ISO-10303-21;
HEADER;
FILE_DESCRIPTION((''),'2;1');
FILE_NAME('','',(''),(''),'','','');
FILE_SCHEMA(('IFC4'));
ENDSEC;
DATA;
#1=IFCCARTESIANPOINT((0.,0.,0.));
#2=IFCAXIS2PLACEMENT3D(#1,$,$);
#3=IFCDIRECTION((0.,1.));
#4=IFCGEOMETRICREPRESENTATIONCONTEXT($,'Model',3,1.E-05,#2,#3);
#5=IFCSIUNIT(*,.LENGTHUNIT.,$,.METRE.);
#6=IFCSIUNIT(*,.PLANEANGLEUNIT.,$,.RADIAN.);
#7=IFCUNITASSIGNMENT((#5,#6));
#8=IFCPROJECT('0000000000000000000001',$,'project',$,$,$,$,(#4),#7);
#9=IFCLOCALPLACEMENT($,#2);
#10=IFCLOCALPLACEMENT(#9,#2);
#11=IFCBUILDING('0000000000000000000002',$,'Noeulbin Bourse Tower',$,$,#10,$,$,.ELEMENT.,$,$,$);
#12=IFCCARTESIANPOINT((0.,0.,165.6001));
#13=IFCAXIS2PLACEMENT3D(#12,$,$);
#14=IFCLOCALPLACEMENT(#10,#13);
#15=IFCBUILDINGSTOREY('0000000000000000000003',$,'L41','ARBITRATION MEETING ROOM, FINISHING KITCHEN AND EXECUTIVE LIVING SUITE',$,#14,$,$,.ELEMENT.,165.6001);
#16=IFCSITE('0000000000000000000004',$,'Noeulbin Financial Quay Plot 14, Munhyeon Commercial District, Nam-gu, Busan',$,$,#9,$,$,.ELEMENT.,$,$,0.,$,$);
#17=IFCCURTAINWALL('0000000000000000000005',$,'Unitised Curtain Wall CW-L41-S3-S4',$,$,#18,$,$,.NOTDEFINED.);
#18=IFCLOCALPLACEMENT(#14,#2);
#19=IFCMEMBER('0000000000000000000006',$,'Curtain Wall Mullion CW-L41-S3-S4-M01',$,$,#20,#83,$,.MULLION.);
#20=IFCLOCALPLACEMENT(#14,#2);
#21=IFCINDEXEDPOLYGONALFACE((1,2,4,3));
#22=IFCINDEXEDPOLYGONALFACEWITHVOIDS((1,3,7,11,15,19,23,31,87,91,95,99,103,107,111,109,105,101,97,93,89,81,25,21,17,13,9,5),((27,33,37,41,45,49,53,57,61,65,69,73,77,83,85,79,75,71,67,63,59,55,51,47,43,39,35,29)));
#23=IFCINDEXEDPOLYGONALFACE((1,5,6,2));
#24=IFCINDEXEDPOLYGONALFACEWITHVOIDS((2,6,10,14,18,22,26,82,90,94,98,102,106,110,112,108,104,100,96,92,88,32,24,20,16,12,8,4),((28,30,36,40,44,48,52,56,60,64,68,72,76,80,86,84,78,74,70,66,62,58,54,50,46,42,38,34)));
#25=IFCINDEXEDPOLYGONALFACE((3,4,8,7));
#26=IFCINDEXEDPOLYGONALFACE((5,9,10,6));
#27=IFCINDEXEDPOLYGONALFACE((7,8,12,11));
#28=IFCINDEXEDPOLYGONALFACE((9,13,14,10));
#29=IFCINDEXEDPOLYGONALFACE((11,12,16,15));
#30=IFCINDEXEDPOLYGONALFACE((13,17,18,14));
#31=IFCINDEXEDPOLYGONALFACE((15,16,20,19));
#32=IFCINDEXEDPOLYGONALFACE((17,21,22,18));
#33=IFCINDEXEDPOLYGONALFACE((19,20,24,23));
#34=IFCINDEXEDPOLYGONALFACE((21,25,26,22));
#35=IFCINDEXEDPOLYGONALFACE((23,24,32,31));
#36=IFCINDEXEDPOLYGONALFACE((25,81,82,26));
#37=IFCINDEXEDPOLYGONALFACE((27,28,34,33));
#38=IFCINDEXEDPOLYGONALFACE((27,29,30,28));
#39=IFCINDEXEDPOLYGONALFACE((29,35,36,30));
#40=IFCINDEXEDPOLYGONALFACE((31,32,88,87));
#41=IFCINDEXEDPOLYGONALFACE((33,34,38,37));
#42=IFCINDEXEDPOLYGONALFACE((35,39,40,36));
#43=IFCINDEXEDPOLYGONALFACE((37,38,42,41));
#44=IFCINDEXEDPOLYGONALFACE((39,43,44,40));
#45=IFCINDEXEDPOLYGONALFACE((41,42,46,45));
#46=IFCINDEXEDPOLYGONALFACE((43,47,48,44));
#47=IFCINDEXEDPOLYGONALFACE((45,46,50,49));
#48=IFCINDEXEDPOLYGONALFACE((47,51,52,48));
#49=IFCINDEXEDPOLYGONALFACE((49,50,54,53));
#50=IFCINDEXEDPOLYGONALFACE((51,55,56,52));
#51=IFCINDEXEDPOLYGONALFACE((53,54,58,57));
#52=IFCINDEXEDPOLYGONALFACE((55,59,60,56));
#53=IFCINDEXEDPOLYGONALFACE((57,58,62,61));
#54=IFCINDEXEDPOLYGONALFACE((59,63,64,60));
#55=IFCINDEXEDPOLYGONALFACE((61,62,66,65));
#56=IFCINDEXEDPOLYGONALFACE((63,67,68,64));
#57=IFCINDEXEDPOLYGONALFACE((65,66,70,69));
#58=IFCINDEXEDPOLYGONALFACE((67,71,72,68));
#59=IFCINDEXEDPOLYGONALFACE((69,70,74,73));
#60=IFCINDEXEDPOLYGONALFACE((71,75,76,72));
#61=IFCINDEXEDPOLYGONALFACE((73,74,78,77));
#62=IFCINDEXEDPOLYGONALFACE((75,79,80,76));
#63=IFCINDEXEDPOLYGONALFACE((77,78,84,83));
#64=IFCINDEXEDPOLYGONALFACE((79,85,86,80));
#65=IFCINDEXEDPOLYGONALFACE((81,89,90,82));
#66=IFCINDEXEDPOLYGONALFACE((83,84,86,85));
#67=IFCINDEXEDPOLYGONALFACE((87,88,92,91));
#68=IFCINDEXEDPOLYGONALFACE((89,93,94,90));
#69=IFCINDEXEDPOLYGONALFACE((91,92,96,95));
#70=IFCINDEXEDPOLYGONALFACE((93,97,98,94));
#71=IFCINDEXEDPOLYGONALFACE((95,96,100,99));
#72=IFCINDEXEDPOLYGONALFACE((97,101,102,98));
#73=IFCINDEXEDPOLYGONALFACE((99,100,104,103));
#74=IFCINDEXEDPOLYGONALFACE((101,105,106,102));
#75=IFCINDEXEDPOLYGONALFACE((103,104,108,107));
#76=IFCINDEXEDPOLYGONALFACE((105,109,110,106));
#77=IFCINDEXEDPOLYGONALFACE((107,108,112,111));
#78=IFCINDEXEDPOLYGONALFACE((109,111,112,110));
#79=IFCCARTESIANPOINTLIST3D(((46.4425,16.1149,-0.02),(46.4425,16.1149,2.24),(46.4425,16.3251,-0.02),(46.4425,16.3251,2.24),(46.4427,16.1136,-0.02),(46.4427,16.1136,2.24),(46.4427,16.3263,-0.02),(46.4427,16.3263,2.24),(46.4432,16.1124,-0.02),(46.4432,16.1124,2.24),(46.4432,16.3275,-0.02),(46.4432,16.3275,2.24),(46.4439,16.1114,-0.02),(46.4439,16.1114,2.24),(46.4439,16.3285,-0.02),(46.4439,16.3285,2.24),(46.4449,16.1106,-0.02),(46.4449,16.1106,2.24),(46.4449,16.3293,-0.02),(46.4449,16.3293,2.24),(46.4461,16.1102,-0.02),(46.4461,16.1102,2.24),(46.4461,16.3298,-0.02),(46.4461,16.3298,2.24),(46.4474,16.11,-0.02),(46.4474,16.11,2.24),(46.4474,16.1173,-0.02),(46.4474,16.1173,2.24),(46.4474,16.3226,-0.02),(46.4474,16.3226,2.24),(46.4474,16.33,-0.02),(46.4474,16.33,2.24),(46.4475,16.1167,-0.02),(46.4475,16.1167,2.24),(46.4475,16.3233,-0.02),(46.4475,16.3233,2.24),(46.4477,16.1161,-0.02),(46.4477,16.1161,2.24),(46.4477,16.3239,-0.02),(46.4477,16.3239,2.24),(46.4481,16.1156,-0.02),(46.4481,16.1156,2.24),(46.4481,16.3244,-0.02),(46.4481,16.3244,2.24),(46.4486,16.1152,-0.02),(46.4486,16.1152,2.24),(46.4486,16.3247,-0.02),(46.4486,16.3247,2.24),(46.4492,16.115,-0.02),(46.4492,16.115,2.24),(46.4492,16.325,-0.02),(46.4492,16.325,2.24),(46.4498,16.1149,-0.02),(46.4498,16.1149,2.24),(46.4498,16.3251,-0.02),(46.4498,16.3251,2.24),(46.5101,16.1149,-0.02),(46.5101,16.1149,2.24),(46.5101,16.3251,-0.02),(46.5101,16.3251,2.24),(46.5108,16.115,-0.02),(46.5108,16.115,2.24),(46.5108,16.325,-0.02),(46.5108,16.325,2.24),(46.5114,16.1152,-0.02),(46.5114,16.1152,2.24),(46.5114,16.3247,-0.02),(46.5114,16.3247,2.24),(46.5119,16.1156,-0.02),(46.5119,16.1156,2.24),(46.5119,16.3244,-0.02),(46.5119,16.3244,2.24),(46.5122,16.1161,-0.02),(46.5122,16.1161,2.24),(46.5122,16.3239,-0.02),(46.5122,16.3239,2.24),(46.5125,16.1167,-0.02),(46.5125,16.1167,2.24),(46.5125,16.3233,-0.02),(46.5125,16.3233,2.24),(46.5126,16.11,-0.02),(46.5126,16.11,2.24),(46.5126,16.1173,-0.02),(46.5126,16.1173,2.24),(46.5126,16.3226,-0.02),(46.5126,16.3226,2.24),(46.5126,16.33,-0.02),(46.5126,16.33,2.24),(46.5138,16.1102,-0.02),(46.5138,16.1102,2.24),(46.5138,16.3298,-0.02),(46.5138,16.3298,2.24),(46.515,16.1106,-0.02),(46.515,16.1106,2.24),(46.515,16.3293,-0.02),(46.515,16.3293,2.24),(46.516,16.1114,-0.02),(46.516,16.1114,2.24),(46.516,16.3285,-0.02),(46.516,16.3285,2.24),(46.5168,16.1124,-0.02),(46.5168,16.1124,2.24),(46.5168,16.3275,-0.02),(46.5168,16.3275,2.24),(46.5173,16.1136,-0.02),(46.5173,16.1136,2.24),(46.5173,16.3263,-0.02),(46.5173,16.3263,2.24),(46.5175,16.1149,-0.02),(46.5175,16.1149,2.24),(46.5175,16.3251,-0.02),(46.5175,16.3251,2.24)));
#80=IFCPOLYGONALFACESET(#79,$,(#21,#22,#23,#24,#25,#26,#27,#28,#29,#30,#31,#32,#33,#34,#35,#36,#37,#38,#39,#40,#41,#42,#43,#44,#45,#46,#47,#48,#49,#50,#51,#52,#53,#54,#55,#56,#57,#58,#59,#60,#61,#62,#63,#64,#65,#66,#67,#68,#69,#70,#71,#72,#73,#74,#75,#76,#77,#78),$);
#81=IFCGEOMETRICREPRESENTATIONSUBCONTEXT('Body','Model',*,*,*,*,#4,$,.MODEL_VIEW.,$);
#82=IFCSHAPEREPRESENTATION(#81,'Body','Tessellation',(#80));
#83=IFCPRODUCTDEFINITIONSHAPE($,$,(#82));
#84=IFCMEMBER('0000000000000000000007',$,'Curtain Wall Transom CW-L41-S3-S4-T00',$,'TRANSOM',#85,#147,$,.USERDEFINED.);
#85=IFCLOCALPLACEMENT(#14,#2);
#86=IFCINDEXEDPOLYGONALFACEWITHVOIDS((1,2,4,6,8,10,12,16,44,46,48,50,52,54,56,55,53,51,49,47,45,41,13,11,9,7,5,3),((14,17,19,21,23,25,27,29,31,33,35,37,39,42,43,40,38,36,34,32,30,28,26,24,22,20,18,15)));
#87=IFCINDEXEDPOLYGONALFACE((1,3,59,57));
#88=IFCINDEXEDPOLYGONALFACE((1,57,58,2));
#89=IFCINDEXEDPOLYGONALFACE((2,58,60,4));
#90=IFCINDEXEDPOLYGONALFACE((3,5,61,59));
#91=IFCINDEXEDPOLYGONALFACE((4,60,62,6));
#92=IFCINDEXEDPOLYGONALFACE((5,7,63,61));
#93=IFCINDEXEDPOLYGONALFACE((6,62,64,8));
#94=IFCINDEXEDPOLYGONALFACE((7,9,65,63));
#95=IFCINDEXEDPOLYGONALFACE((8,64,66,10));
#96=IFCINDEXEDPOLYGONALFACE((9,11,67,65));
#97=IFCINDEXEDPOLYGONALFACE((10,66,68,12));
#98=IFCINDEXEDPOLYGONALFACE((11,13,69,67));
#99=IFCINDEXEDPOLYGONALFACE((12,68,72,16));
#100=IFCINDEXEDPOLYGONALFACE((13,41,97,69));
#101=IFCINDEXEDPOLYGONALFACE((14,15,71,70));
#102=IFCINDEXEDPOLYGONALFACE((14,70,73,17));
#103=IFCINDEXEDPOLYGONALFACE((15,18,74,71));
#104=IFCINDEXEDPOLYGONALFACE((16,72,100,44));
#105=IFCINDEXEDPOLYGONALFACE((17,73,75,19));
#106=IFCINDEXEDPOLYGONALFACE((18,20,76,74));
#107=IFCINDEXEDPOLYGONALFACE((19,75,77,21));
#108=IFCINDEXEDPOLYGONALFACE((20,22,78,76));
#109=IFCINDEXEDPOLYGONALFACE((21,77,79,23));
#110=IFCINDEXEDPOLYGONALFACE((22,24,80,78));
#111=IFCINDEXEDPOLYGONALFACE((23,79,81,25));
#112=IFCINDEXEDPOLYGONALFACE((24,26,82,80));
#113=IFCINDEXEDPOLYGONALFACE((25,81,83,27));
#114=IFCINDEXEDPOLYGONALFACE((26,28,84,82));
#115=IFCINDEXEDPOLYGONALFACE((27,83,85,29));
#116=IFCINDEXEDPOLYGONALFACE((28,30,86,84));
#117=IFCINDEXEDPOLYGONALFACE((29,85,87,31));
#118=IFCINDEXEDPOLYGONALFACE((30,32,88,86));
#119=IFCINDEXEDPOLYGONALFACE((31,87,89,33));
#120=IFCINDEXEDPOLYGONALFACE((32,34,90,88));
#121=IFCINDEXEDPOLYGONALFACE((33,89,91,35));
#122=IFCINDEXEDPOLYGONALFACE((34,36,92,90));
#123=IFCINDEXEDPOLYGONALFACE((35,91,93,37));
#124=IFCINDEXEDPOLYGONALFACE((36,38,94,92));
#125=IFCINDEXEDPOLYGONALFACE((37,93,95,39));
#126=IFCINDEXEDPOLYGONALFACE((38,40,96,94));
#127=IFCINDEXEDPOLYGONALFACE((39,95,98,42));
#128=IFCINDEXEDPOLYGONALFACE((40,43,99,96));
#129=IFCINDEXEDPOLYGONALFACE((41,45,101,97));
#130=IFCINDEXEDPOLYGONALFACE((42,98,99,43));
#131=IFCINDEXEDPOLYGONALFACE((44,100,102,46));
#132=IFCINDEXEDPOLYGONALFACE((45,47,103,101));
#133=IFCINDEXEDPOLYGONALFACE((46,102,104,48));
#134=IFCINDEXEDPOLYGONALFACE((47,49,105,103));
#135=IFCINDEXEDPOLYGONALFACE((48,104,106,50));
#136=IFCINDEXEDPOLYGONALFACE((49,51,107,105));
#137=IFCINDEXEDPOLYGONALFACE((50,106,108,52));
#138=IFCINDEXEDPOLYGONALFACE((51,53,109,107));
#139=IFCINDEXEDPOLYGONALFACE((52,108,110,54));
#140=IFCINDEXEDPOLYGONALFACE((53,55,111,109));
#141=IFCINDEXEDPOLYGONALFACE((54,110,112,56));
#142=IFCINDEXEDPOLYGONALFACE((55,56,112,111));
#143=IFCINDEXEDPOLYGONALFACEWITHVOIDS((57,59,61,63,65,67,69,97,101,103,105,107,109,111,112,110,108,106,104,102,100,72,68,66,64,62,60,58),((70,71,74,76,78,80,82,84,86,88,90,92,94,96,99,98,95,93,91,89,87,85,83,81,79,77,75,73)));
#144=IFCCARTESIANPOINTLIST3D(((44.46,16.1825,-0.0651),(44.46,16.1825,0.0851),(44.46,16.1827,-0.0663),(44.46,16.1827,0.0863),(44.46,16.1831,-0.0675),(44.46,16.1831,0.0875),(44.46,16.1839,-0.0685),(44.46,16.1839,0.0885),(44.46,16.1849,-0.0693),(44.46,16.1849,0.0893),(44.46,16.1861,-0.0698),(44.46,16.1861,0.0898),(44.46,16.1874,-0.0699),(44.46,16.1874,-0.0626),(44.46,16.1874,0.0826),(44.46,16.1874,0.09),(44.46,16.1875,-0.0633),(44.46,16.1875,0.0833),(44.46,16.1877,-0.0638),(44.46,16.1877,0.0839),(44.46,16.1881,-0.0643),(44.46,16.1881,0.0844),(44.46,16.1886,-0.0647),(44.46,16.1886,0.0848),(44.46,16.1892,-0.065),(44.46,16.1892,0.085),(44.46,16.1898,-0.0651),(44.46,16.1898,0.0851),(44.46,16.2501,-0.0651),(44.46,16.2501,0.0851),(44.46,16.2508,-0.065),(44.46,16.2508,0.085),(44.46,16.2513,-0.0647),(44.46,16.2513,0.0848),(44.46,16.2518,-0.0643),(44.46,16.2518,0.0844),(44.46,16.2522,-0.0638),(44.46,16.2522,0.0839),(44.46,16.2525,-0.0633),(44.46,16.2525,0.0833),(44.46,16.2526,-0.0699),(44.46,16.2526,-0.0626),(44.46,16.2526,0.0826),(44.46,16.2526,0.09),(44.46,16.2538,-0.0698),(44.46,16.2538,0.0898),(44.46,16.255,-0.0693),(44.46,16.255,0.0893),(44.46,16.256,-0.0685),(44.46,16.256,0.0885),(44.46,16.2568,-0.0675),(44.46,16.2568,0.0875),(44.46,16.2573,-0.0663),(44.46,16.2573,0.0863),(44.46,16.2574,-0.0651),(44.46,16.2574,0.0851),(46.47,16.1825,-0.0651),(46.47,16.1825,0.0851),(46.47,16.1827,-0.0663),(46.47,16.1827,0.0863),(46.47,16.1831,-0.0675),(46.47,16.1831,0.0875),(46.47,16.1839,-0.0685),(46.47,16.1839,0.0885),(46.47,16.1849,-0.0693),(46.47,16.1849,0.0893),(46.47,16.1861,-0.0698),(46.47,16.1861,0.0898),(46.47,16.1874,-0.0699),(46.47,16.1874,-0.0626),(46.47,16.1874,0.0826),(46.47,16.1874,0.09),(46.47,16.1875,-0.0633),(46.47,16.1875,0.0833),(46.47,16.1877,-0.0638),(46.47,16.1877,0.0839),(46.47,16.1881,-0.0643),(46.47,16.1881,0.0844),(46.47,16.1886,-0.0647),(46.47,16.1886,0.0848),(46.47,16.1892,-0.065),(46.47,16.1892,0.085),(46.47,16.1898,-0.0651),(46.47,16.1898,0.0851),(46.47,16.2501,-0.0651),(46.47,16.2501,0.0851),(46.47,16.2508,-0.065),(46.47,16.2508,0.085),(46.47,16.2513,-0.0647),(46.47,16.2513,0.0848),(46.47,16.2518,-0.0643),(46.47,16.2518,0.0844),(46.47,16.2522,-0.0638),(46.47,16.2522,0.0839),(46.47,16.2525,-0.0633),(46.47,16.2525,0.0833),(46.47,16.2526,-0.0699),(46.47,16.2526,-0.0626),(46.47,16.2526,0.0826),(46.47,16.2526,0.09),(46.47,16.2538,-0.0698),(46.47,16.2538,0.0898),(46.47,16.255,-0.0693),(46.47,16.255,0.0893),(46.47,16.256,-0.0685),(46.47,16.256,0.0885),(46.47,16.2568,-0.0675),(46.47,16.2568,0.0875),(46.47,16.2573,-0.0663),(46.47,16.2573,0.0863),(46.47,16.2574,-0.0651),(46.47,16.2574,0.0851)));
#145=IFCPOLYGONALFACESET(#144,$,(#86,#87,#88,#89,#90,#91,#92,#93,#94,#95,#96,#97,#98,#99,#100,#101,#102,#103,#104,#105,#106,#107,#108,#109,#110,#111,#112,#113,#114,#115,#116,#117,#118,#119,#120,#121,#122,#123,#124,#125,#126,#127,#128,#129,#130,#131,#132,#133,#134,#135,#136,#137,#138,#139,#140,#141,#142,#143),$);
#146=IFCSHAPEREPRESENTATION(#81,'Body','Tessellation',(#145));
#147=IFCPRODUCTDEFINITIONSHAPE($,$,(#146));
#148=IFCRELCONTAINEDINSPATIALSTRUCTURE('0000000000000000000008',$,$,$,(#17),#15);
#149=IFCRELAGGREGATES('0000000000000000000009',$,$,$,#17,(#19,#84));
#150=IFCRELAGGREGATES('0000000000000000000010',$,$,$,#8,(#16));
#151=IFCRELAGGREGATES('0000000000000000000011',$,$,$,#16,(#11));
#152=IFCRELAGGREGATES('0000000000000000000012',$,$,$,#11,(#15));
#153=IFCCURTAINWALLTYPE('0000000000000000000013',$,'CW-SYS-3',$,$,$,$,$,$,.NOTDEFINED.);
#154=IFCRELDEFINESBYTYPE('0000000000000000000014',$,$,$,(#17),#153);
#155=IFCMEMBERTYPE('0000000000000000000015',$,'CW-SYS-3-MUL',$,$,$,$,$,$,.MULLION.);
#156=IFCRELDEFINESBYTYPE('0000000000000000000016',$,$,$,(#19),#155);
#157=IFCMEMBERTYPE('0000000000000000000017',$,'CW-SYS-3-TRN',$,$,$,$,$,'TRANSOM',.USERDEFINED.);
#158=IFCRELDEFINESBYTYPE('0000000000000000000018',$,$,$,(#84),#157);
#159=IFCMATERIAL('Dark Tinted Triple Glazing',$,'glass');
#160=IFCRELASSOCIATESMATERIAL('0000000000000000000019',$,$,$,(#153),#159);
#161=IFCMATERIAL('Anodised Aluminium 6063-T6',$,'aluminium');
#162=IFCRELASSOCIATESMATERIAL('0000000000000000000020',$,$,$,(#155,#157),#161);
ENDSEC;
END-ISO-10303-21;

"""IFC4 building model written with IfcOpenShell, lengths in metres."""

from ifc_helpers import new_model, si_unit, direction, frame, origin, origin_2d, place, context, subcontext, project, spatial, hollow_rectangle, extrude, material, material_profile, profile_set, type_object, element, aggregate, save


model = new_model("IFC4")

# Units and contexts
model_context = context("Model", 3, precision=1e-05, world=origin(), true_north=direction((0.0, 1.0)))
body_context = subcontext(model_context, "Body", "Model", "MODEL_VIEW")
ifc_project = project(units=[si_unit("LENGTHUNIT", "METRE"), si_unit("PLANEANGLEUNIT", "RADIAN")], contexts=[model_context])

# Site, building, storey
site_placement = place(None, origin())
site = spatial("IfcSite", under=ifc_project, at=site_placement, Name="Noeulbin Financial Quay Plot 14, Munhyeon Commercial District, Nam-gu, Busan", CompositionType="ELEMENT", RefElevation=0.0)
building_placement = place(site_placement, origin())
building = spatial("IfcBuilding", under=site, at=building_placement, Name="Noeulbin Bourse Tower", CompositionType="ELEMENT")
storey_placement = place(building_placement, frame((0.0, 0.0, 165.6001)))
storey = spatial("IfcBuildingStorey", under=building, at=storey_placement, Name="L41", Description="ARBITRATION MEETING ROOM, FINISHING KITCHEN AND EXECUTIVE LIVING SUITE", CompositionType="ELEMENT", Elevation=165.6001)

# Shared definitions
ifc_material_1 = material(Name="Dark Tinted Triple Glazing", Category="glass")
curtain_wall_type = type_object("IfcCurtainWallType", Name="CW-SYS-3", PredefinedType="NOTDEFINED", material=ifc_material_1)
ifc_material_2 = material(Name="Anodised Aluminium 6063-T6", Category="aluminium")
ifc_material_profile_1 = material_profile(ifc_material_2, hollow_rectangle(XDim=0.075, YDim=0.22, WallThickness=0.0049, InnerFilletRadius=0.0024, OuterFilletRadius=0.0049, at=origin_2d()), Name="ALU-MULL-75x220x5", Category="LoadBearing")
ifc_profile_set_1 = profile_set([ifc_material_profile_1], Name="Anodised Aluminium 6063-T6")
member_type_1 = type_object("IfcMemberType", Name="CW-SYS-3-MUL", PredefinedType="MULLION", material=ifc_profile_set_1)

# Curtain wall, members
curtain_wall_1_placement = place(storey_placement, origin())
curtain_wall_1 = element("IfcCurtainWall", 1, at=curtain_wall_1_placement, inside=storey, type_object=curtain_wall_type, Name="Unitised Curtain Wall CW-L41-S3-S4", PredefinedType="NOTDEFINED")
member_1_placement = place(storey_placement, frame((46.48, 16.22, -0.02), z_axis=(0.0, 0.0, 1.0), x_axis=(1.0, 0.0, 0.0)))
member_1 = element("IfcMember", 2, at=member_1_placement, type_object=member_type_1, Name="Curtain Wall Mullion CW-L41-S3-S4-M01", PredefinedType="MULLION", context=body_context, shape_type="SweptSolid", body=[
    extrude(hollow_rectangle(XDim=0.075, YDim=0.22, WallThickness=0.0049, InnerFilletRadius=0.0024, OuterFilletRadius=0.0049, at=origin_2d()), origin(), (0.0, 0.0, 1.0), 2.26),
])
ifc_material_profile_2 = material_profile(ifc_material_2, hollow_rectangle(XDim=0.075, YDim=0.1599, WallThickness=0.0049, InnerFilletRadius=0.0024, OuterFilletRadius=0.0049, at=origin_2d()), Name="ALU-TRAN-75x160x5", Category="LoadBearing")
ifc_profile_set_2 = profile_set([ifc_material_profile_2], Name="Anodised Aluminium 6063-T6")
member_type_2 = type_object("IfcMemberType", Name="CW-SYS-3-TRN", ElementType="TRANSOM", PredefinedType="USERDEFINED", material=ifc_profile_set_2)
member_2_placement = place(storey_placement, frame((44.46, 16.22, 0.01), z_axis=(1.0, 0.0, 0.0), x_axis=(0.0, 1.0, 0.0)))
member_2 = element("IfcMember", 3, at=member_2_placement, type_object=member_type_2, Name="Curtain Wall Transom CW-L41-S3-S4-T00", ObjectType="TRANSOM", PredefinedType="USERDEFINED", context=body_context, shape_type="SweptSolid", body=[
    extrude(hollow_rectangle(XDim=0.075, YDim=0.1599, WallThickness=0.0049, InnerFilletRadius=0.0024, OuterFilletRadius=0.0049, at=origin_2d()), origin(), (0.0, 0.0, 1.0), 2.01),
])

aggregate(curtain_wall_1, [member_1, member_2])

save(model, "model.ifc")
